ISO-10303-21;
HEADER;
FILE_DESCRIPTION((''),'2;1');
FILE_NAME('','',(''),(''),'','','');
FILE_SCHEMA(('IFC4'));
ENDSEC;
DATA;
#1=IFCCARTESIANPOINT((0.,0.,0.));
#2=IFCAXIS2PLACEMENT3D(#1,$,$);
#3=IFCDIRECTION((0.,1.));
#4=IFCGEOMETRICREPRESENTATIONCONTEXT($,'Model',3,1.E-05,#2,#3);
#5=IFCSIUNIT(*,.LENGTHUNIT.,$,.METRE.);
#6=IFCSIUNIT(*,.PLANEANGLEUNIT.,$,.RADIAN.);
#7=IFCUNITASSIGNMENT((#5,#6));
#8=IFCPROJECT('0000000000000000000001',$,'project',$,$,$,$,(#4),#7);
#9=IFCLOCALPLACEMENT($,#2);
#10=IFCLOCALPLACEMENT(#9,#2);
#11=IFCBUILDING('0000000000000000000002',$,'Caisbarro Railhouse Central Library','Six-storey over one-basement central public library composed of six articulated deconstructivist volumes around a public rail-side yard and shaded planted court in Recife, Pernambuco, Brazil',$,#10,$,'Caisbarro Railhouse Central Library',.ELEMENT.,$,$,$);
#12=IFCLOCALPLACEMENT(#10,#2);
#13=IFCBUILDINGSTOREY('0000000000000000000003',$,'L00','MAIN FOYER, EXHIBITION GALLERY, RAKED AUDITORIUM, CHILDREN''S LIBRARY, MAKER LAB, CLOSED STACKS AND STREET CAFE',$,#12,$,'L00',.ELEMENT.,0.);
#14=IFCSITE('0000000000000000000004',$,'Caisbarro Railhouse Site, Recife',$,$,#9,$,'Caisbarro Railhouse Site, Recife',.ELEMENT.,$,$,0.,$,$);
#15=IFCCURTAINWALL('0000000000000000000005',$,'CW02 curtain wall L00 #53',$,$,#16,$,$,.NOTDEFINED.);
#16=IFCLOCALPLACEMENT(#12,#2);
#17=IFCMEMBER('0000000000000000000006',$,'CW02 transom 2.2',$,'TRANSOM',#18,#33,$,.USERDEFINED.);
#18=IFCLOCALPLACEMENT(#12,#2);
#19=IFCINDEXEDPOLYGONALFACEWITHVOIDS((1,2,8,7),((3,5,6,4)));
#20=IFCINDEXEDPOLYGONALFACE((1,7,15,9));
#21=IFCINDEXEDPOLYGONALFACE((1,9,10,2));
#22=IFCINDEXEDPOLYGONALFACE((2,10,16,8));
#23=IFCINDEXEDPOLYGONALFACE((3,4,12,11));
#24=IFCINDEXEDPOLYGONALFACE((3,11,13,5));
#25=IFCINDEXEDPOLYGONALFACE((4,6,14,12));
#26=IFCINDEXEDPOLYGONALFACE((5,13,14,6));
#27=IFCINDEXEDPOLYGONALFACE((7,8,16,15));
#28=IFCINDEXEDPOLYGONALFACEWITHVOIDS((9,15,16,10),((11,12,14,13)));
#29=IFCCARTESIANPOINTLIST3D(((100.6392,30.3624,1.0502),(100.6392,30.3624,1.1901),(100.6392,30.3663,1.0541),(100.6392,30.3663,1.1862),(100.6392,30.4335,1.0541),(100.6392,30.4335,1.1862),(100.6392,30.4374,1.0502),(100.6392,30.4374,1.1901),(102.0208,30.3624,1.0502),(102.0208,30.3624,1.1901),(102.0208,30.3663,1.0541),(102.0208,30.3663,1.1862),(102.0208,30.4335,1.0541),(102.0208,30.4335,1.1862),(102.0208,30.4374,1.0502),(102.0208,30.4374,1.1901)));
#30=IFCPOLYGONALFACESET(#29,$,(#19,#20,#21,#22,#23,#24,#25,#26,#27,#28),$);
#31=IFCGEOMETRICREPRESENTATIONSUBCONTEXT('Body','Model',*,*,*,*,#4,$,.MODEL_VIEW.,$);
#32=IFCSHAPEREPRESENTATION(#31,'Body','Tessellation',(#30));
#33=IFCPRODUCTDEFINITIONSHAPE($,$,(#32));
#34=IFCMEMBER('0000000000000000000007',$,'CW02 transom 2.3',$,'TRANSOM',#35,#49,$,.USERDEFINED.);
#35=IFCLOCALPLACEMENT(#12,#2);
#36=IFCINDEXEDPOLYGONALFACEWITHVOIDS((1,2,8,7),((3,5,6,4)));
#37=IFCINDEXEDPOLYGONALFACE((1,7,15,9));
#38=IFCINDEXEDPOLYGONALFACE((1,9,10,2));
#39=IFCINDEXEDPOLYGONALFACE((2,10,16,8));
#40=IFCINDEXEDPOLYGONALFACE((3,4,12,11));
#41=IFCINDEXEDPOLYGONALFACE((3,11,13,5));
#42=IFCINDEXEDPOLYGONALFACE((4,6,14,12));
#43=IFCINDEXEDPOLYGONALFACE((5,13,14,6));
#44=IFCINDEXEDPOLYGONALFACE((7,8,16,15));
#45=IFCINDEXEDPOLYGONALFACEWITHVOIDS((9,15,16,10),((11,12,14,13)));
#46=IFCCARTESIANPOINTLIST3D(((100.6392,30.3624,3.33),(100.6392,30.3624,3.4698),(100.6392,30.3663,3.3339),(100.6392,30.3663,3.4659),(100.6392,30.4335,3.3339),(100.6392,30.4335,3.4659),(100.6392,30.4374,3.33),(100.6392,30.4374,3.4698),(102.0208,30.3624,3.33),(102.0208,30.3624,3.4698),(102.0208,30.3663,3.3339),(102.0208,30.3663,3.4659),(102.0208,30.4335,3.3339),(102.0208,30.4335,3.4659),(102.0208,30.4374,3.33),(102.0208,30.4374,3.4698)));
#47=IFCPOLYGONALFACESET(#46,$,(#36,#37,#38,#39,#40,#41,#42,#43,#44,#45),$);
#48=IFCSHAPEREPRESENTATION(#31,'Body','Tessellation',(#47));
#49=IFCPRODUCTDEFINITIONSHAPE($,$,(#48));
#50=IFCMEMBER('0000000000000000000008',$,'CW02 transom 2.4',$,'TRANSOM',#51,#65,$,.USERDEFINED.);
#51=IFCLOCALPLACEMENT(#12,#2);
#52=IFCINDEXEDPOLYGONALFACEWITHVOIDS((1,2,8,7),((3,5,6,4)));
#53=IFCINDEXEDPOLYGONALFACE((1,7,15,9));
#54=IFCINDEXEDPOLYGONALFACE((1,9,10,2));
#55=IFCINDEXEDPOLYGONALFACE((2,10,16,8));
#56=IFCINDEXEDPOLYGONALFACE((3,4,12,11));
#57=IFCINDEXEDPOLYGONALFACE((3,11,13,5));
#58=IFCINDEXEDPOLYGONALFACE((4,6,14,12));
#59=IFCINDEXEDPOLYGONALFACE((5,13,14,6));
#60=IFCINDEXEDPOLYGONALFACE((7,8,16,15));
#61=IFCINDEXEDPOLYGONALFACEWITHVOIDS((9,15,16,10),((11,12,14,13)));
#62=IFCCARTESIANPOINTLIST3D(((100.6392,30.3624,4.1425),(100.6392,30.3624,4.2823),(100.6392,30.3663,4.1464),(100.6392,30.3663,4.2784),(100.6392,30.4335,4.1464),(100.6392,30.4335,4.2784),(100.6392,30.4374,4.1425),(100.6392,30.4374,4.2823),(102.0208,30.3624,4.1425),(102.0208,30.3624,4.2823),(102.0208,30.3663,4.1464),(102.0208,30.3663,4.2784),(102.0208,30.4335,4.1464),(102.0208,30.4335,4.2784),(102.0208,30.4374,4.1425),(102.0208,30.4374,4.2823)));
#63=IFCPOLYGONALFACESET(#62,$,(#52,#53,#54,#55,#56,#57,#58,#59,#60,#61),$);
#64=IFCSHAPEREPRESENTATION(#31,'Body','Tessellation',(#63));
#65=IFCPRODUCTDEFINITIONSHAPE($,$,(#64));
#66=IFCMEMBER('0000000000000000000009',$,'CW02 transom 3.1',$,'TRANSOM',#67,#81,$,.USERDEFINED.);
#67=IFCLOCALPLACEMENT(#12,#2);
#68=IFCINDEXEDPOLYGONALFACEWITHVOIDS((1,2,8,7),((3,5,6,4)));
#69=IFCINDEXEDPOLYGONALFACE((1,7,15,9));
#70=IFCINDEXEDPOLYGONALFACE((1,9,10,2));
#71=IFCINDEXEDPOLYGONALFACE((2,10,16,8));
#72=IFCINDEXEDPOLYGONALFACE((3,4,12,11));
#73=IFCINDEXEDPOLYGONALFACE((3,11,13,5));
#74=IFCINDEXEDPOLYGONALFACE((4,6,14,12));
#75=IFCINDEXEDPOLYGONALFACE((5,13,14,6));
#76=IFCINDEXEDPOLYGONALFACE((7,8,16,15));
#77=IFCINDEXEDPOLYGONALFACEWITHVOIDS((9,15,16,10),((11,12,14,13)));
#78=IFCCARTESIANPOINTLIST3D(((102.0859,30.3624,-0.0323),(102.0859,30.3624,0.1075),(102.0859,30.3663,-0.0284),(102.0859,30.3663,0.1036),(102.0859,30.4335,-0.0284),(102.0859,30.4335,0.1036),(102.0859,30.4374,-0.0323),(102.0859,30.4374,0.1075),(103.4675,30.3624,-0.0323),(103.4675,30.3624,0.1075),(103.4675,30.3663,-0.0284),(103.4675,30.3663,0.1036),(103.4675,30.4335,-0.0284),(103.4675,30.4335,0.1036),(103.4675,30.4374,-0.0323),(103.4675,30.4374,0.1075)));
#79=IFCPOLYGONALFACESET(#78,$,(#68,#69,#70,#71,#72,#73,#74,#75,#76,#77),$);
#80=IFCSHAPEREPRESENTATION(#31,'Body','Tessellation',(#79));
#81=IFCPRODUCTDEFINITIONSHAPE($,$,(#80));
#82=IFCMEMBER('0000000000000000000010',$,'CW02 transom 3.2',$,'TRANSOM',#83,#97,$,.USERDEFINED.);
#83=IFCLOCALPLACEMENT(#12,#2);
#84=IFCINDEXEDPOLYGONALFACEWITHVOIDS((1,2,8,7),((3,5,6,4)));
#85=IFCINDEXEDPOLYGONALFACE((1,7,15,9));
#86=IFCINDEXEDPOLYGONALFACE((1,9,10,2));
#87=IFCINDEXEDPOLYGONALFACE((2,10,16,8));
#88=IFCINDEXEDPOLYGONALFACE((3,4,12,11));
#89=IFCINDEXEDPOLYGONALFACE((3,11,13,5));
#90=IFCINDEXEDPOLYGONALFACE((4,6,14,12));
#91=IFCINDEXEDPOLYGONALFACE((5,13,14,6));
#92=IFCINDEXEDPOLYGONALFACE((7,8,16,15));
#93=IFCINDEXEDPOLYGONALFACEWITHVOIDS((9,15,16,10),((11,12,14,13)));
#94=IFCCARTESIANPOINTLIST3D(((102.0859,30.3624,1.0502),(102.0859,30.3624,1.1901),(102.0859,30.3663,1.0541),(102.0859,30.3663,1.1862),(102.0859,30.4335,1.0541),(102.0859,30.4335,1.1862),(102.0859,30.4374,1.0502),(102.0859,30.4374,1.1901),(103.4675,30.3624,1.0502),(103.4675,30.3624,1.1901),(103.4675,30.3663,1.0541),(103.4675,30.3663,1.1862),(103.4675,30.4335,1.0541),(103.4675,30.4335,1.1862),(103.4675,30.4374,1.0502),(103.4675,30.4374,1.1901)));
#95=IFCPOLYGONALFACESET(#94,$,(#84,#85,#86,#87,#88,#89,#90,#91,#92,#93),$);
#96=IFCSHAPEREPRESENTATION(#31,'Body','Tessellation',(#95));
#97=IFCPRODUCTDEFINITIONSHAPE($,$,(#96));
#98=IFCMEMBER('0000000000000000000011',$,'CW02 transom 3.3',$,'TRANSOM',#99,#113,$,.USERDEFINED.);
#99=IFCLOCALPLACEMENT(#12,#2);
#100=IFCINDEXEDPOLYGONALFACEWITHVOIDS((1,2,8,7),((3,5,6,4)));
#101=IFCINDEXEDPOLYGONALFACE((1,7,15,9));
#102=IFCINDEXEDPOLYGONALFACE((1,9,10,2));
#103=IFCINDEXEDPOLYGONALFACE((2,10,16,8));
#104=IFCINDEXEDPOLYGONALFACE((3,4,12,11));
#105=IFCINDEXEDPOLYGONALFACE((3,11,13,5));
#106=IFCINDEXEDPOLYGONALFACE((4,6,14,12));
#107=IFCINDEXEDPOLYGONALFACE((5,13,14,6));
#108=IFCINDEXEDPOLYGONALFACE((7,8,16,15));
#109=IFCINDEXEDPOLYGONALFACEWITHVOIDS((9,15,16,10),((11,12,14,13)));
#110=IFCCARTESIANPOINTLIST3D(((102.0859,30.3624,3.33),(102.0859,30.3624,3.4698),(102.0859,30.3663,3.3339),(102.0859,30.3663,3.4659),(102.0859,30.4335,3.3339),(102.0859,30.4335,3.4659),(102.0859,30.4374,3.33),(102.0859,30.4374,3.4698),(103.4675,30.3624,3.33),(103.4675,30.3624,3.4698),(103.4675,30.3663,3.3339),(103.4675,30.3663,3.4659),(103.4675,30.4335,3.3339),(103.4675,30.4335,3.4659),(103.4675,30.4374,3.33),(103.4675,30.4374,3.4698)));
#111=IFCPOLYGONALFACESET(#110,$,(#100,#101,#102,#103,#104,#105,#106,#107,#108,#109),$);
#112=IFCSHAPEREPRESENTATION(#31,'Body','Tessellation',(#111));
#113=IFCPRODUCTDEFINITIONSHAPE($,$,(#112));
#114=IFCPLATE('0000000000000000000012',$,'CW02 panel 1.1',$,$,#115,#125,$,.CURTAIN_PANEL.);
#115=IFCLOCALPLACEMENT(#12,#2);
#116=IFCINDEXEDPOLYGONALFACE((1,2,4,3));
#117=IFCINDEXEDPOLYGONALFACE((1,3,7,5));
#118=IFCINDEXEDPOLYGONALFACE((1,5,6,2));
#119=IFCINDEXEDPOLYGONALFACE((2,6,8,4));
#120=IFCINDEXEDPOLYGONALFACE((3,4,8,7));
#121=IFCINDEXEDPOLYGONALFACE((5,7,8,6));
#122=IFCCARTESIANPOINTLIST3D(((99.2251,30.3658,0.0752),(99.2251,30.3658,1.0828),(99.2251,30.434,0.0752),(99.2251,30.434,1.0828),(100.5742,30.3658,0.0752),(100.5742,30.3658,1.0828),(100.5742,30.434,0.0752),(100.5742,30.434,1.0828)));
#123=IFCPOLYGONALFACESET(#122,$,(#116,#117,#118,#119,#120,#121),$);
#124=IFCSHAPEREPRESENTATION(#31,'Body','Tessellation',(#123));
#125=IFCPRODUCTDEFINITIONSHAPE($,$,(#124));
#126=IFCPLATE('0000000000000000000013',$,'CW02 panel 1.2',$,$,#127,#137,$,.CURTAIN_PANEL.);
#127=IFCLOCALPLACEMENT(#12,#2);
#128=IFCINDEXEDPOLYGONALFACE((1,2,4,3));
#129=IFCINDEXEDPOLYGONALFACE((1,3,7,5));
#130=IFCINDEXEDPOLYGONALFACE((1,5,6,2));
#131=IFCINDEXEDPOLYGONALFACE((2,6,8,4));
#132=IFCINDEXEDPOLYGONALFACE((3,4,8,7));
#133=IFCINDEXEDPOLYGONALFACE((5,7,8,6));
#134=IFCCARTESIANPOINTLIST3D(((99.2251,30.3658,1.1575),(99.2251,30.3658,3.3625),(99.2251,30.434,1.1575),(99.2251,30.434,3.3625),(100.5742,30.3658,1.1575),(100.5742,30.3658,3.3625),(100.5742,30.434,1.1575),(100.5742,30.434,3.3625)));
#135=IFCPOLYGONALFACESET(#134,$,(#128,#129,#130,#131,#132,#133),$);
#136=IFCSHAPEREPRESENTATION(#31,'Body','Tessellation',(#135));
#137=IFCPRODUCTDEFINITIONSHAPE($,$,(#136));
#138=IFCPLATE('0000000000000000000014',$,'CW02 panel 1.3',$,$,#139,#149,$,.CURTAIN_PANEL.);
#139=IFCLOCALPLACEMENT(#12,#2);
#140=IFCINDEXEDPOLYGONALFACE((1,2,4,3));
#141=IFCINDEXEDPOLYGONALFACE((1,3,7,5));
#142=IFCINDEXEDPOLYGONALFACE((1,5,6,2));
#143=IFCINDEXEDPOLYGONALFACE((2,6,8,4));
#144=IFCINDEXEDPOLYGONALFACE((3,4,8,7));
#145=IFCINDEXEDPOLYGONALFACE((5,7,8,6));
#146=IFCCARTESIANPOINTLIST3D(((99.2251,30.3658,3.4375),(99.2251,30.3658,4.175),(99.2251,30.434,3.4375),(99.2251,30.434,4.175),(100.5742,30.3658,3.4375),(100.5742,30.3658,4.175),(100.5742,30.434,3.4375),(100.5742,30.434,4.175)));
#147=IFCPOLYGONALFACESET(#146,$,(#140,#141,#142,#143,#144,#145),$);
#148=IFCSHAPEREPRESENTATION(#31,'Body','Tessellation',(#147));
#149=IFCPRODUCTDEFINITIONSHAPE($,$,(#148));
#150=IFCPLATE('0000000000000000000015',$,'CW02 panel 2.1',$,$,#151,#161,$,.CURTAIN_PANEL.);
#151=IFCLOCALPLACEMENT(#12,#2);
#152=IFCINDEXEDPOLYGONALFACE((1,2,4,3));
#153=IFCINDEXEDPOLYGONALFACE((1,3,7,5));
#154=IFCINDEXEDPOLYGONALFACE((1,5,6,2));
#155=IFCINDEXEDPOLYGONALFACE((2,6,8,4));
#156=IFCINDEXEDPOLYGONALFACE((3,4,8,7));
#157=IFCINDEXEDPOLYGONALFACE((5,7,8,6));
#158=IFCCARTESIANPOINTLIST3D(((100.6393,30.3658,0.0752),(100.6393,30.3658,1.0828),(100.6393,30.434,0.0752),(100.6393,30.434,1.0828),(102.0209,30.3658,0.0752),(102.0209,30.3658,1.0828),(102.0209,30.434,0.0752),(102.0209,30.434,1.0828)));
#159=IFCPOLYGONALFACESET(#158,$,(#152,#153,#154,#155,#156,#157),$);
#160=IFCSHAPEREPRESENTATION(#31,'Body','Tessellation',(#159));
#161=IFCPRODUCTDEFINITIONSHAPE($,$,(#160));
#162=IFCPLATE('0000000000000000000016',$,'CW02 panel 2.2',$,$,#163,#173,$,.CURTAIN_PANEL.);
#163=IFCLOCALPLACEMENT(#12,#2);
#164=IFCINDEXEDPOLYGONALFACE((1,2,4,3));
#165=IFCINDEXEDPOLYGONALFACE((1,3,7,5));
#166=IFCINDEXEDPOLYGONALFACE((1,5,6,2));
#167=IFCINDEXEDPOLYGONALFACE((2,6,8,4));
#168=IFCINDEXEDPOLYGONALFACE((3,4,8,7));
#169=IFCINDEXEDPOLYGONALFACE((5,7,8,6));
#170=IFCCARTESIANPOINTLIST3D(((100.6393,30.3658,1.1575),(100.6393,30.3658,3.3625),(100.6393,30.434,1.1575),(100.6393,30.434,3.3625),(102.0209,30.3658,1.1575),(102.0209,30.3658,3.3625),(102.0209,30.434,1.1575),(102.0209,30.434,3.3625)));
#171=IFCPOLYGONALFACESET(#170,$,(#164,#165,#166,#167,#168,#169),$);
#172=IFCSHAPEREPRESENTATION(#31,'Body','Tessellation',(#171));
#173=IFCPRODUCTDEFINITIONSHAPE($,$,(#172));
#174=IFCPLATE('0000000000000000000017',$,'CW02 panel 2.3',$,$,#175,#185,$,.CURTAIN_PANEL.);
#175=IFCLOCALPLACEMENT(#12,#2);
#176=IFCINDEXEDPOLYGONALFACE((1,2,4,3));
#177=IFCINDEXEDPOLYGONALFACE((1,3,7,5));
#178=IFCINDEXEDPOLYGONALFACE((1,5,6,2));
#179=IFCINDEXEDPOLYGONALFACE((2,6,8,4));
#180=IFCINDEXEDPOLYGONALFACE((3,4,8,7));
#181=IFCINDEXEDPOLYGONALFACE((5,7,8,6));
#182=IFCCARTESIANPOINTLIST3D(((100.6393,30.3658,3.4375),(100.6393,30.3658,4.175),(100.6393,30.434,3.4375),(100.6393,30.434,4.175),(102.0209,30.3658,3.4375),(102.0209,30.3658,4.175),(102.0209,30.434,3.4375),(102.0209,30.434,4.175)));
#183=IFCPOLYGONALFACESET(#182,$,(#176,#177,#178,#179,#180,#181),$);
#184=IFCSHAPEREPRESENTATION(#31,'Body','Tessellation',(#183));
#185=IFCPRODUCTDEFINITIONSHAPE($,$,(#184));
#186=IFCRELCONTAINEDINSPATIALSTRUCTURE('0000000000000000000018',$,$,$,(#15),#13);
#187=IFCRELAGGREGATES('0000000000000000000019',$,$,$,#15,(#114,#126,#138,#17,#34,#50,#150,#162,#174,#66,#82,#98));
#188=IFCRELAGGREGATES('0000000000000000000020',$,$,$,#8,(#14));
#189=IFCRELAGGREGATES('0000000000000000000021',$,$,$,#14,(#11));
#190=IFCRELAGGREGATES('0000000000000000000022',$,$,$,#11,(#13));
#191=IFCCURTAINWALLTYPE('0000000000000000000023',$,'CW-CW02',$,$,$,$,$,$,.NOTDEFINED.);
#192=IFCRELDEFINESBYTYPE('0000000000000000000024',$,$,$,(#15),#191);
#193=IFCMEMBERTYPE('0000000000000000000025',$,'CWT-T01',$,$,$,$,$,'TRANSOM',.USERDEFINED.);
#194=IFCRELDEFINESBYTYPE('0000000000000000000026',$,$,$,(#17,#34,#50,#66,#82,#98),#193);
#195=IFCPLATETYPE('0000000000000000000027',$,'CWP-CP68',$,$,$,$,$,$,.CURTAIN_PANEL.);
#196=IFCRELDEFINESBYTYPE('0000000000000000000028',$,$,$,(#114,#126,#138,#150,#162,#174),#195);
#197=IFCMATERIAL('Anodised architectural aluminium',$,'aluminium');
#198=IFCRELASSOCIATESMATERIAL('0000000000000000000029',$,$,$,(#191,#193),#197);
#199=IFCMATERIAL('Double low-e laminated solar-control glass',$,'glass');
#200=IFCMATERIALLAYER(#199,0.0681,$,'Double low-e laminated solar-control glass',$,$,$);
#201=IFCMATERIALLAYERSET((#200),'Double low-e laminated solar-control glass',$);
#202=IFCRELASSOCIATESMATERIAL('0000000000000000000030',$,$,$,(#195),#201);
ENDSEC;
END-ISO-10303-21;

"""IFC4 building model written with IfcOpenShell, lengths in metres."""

from ifc_helpers import new_model, si_unit, direction, frame, origin, origin_2d, place, context, subcontext, project, spatial, rectangle, hollow_rectangle, extrude, material, layer, layer_set, material_profile, profile_set, type_object, element, aggregate, save


model = new_model("IFC4")

# Units and contexts
model_context = context("Model", 3, precision=1e-05, world=origin(), true_north=direction((0.0, 1.0)))
body_context = subcontext(model_context, "Body", "Model", "MODEL_VIEW")
ifc_project = project(units=[si_unit("LENGTHUNIT", "METRE"), si_unit("PLANEANGLEUNIT", "RADIAN")], contexts=[model_context])

# Site, building, storey
site_placement = place(None, origin())
site = spatial("IfcSite", under=ifc_project, at=site_placement, Name="Caisbarro Railhouse Site, Recife", LongName="Caisbarro Railhouse Site, Recife", CompositionType="ELEMENT", RefElevation=0.0)
building_placement = place(site_placement, origin())
building = spatial("IfcBuilding", under=site, at=building_placement, Name="Caisbarro Railhouse Central Library", Description="Six-storey over one-basement central public library composed of six articulated deconstructivist volumes around a public rail-side yard and shaded planted court in Recife, Pernambuco, Brazil", LongName="Caisbarro Railhouse Central Library", CompositionType="ELEMENT")
storey_placement = place(building_placement, origin())
storey = spatial("IfcBuildingStorey", under=building, at=storey_placement, Name="L00", Description="MAIN FOYER, EXHIBITION GALLERY, RAKED AUDITORIUM, CHILDREN'S LIBRARY, MAKER LAB, CLOSED STACKS AND STREET CAFE", LongName="L00", CompositionType="ELEMENT", Elevation=0.0)

# Curtain wall, members, plates
ifc_material_1 = material(Name="Anodised architectural aluminium", Category="aluminium")
curtain_wall_type = type_object("IfcCurtainWallType", Name="CW-CW02", PredefinedType="NOTDEFINED", material=ifc_material_1)
curtain_wall_placement = place(storey_placement, origin())
curtain_wall = element("IfcCurtainWall", 1, at=curtain_wall_placement, inside=storey, type_object=curtain_wall_type, Name="CW02 curtain wall L00 #53", PredefinedType="NOTDEFINED")
ifc_material_profile_1 = material_profile(ifc_material_1, hollow_rectangle(XDim=0.075, YDim=0.1399, WallThickness=0.0039, at=origin_2d()), Name="ALU-TRN-75X140")
ifc_profile_set_1 = profile_set([ifc_material_profile_1], Name="Anodised architectural aluminium")
member_type_1 = type_object("IfcMemberType", Name="CWT-T01", ElementType="TRANSOM", PredefinedType="USERDEFINED", material=ifc_profile_set_1)
member_1_placement = place(storey_placement, frame((100.6392, 30.3999, 1.1201), z_axis=(1.0, 0.0, 0.0), x_axis=(0.0, 1.0, 0.0)))
member_1 = element("IfcMember", 2, at=member_1_placement, type_object=member_type_1, Name="CW02 transom 2.2", ObjectType="TRANSOM", PredefinedType="USERDEFINED", context=body_context, shape_type="SweptSolid", body=[
    extrude(hollow_rectangle(XDim=0.075, YDim=0.1399, WallThickness=0.0039, at=origin_2d()), origin(), (0.0, 0.0, 1.0), 1.3816),
])
member_2_placement = place(storey_placement, frame((100.6392, 30.3999, 3.3999), z_axis=(1.0, 0.0, 0.0), x_axis=(0.0, 1.0, 0.0)))
member_2 = element("IfcMember", 3, at=member_2_placement, type_object=member_type_1, Name="CW02 transom 2.3", ObjectType="TRANSOM", PredefinedType="USERDEFINED", context=body_context, shape_type="SweptSolid", body=[
    extrude(hollow_rectangle(XDim=0.075, YDim=0.1399, WallThickness=0.0039, at=origin_2d()), origin(), (0.0, 0.0, 1.0), 1.3816),
])
member_3_placement = place(storey_placement, frame((100.6392, 30.3999, 4.2124), z_axis=(1.0, 0.0, 0.0), x_axis=(0.0, 1.0, 0.0)))
member_3 = element("IfcMember", 4, at=member_3_placement, type_object=member_type_1, Name="CW02 transom 2.4", ObjectType="TRANSOM", PredefinedType="USERDEFINED", context=body_context, shape_type="SweptSolid", body=[
    extrude(hollow_rectangle(XDim=0.075, YDim=0.1399, WallThickness=0.0039, at=origin_2d()), origin(), (0.0, 0.0, 1.0), 1.3816),
])
member_4_placement = place(storey_placement, frame((102.0859, 30.3999, 0.0376), z_axis=(1.0, 0.0, 0.0), x_axis=(0.0, 1.0, 0.0)))
member_4 = element("IfcMember", 5, at=member_4_placement, type_object=member_type_1, Name="CW02 transom 3.1", ObjectType="TRANSOM", PredefinedType="USERDEFINED", context=body_context, shape_type="SweptSolid", body=[
    extrude(hollow_rectangle(XDim=0.075, YDim=0.1399, WallThickness=0.0039, at=origin_2d()), origin(), (0.0, 0.0, 1.0), 1.3816),
])
member_5_placement = place(storey_placement, frame((102.0859, 30.3999, 1.1201), z_axis=(1.0, 0.0, 0.0), x_axis=(0.0, 1.0, 0.0)))
member_5 = element("IfcMember", 6, at=member_5_placement, type_object=member_type_1, Name="CW02 transom 3.2", ObjectType="TRANSOM", PredefinedType="USERDEFINED", context=body_context, shape_type="SweptSolid", body=[
    extrude(hollow_rectangle(XDim=0.075, YDim=0.1399, WallThickness=0.0039, at=origin_2d()), origin(), (0.0, 0.0, 1.0), 1.3816),
])
member_6_placement = place(storey_placement, frame((102.0859, 30.3999, 3.3999), z_axis=(1.0, 0.0, 0.0), x_axis=(0.0, 1.0, 0.0)))
member_6 = element("IfcMember", 7, at=member_6_placement, type_object=member_type_1, Name="CW02 transom 3.3", ObjectType="TRANSOM", PredefinedType="USERDEFINED", context=body_context, shape_type="SweptSolid", body=[
    extrude(hollow_rectangle(XDim=0.075, YDim=0.1399, WallThickness=0.0039, at=origin_2d()), origin(), (0.0, 0.0, 1.0), 1.3816),
])
ifc_material_2 = material(Name="Double low-e laminated solar-control glass", Category="glass")
ifc_layer_1 = layer(ifc_material_2, 0.0681, Name="Double low-e laminated solar-control glass")
ifc_layer_set_1 = layer_set([ifc_layer_1], Name="Double low-e laminated solar-control glass")
plate_type = type_object("IfcPlateType", Name="CWP-CP68", PredefinedType="CURTAIN_PANEL", material=ifc_layer_set_1)
plate_1_placement = place(storey_placement, frame((99.8997, 30.3999, 0.0752), z_axis=(0.0, 0.0, 1.0), x_axis=(1.0, 0.0, 0.0)))
plate_1 = element("IfcPlate", 8, at=plate_1_placement, type_object=plate_type, Name="CW02 panel 1.1", PredefinedType="CURTAIN_PANEL", context=body_context, shape_type="SweptSolid", body=[
    extrude(rectangle(XDim=1.3491, YDim=0.0681, at=origin_2d()), origin(), (0.0, 0.0, 1.0), 1.0076),
])
plate_2_placement = place(storey_placement, frame((99.8997, 30.3999, 1.1575), z_axis=(0.0, 0.0, 1.0), x_axis=(1.0, 0.0, 0.0)))
plate_2 = element("IfcPlate", 9, at=plate_2_placement, type_object=plate_type, Name="CW02 panel 1.2", PredefinedType="CURTAIN_PANEL", context=body_context, shape_type="SweptSolid", body=[
    extrude(rectangle(XDim=1.3491, YDim=0.0681, at=origin_2d()), origin(), (0.0, 0.0, 1.0), 2.2051),
])
plate_3_placement = place(storey_placement, frame((99.8997, 30.3999, 3.4375), z_axis=(0.0, 0.0, 1.0), x_axis=(1.0, 0.0, 0.0)))
plate_3 = element("IfcPlate", 10, at=plate_3_placement, type_object=plate_type, Name="CW02 panel 1.3", PredefinedType="CURTAIN_PANEL", context=body_context, shape_type="SweptSolid", body=[
    extrude(rectangle(XDim=1.3491, YDim=0.0681, at=origin_2d()), origin(), (0.0, 0.0, 1.0), 0.7375),
])
plate_4_placement = place(storey_placement, frame((101.3301, 30.3999, 0.0752), z_axis=(0.0, 0.0, 1.0), x_axis=(1.0, 0.0, 0.0)))
plate_4 = element("IfcPlate", 11, at=plate_4_placement, type_object=plate_type, Name="CW02 panel 2.1", PredefinedType="CURTAIN_PANEL", context=body_context, shape_type="SweptSolid", body=[
    extrude(rectangle(XDim=1.3816, YDim=0.0681, at=origin_2d()), origin(), (0.0, 0.0, 1.0), 1.0076),
])
plate_5_placement = place(storey_placement, frame((101.3301, 30.3999, 1.1575), z_axis=(0.0, 0.0, 1.0), x_axis=(1.0, 0.0, 0.0)))
plate_5 = element("IfcPlate", 12, at=plate_5_placement, type_object=plate_type, Name="CW02 panel 2.2", PredefinedType="CURTAIN_PANEL", context=body_context, shape_type="SweptSolid", body=[
    extrude(rectangle(XDim=1.3816, YDim=0.0681, at=origin_2d()), origin(), (0.0, 0.0, 1.0), 2.2051),
])
plate_6_placement = place(storey_placement, frame((101.3301, 30.3999, 3.4375), z_axis=(0.0, 0.0, 1.0), x_axis=(1.0, 0.0, 0.0)))
plate_6 = element("IfcPlate", 13, at=plate_6_placement, type_object=plate_type, Name="CW02 panel 2.3", PredefinedType="CURTAIN_PANEL", context=body_context, shape_type="SweptSolid", body=[
    extrude(rectangle(XDim=1.3816, YDim=0.0681, at=origin_2d()), origin(), (0.0, 0.0, 1.0), 0.7375),
])
aggregate(curtain_wall, [plate_1, plate_2, plate_3, member_1, member_2, member_3, plate_4, plate_5, plate_6, member_4, member_5, member_6])

save(model, "model.ifc")
